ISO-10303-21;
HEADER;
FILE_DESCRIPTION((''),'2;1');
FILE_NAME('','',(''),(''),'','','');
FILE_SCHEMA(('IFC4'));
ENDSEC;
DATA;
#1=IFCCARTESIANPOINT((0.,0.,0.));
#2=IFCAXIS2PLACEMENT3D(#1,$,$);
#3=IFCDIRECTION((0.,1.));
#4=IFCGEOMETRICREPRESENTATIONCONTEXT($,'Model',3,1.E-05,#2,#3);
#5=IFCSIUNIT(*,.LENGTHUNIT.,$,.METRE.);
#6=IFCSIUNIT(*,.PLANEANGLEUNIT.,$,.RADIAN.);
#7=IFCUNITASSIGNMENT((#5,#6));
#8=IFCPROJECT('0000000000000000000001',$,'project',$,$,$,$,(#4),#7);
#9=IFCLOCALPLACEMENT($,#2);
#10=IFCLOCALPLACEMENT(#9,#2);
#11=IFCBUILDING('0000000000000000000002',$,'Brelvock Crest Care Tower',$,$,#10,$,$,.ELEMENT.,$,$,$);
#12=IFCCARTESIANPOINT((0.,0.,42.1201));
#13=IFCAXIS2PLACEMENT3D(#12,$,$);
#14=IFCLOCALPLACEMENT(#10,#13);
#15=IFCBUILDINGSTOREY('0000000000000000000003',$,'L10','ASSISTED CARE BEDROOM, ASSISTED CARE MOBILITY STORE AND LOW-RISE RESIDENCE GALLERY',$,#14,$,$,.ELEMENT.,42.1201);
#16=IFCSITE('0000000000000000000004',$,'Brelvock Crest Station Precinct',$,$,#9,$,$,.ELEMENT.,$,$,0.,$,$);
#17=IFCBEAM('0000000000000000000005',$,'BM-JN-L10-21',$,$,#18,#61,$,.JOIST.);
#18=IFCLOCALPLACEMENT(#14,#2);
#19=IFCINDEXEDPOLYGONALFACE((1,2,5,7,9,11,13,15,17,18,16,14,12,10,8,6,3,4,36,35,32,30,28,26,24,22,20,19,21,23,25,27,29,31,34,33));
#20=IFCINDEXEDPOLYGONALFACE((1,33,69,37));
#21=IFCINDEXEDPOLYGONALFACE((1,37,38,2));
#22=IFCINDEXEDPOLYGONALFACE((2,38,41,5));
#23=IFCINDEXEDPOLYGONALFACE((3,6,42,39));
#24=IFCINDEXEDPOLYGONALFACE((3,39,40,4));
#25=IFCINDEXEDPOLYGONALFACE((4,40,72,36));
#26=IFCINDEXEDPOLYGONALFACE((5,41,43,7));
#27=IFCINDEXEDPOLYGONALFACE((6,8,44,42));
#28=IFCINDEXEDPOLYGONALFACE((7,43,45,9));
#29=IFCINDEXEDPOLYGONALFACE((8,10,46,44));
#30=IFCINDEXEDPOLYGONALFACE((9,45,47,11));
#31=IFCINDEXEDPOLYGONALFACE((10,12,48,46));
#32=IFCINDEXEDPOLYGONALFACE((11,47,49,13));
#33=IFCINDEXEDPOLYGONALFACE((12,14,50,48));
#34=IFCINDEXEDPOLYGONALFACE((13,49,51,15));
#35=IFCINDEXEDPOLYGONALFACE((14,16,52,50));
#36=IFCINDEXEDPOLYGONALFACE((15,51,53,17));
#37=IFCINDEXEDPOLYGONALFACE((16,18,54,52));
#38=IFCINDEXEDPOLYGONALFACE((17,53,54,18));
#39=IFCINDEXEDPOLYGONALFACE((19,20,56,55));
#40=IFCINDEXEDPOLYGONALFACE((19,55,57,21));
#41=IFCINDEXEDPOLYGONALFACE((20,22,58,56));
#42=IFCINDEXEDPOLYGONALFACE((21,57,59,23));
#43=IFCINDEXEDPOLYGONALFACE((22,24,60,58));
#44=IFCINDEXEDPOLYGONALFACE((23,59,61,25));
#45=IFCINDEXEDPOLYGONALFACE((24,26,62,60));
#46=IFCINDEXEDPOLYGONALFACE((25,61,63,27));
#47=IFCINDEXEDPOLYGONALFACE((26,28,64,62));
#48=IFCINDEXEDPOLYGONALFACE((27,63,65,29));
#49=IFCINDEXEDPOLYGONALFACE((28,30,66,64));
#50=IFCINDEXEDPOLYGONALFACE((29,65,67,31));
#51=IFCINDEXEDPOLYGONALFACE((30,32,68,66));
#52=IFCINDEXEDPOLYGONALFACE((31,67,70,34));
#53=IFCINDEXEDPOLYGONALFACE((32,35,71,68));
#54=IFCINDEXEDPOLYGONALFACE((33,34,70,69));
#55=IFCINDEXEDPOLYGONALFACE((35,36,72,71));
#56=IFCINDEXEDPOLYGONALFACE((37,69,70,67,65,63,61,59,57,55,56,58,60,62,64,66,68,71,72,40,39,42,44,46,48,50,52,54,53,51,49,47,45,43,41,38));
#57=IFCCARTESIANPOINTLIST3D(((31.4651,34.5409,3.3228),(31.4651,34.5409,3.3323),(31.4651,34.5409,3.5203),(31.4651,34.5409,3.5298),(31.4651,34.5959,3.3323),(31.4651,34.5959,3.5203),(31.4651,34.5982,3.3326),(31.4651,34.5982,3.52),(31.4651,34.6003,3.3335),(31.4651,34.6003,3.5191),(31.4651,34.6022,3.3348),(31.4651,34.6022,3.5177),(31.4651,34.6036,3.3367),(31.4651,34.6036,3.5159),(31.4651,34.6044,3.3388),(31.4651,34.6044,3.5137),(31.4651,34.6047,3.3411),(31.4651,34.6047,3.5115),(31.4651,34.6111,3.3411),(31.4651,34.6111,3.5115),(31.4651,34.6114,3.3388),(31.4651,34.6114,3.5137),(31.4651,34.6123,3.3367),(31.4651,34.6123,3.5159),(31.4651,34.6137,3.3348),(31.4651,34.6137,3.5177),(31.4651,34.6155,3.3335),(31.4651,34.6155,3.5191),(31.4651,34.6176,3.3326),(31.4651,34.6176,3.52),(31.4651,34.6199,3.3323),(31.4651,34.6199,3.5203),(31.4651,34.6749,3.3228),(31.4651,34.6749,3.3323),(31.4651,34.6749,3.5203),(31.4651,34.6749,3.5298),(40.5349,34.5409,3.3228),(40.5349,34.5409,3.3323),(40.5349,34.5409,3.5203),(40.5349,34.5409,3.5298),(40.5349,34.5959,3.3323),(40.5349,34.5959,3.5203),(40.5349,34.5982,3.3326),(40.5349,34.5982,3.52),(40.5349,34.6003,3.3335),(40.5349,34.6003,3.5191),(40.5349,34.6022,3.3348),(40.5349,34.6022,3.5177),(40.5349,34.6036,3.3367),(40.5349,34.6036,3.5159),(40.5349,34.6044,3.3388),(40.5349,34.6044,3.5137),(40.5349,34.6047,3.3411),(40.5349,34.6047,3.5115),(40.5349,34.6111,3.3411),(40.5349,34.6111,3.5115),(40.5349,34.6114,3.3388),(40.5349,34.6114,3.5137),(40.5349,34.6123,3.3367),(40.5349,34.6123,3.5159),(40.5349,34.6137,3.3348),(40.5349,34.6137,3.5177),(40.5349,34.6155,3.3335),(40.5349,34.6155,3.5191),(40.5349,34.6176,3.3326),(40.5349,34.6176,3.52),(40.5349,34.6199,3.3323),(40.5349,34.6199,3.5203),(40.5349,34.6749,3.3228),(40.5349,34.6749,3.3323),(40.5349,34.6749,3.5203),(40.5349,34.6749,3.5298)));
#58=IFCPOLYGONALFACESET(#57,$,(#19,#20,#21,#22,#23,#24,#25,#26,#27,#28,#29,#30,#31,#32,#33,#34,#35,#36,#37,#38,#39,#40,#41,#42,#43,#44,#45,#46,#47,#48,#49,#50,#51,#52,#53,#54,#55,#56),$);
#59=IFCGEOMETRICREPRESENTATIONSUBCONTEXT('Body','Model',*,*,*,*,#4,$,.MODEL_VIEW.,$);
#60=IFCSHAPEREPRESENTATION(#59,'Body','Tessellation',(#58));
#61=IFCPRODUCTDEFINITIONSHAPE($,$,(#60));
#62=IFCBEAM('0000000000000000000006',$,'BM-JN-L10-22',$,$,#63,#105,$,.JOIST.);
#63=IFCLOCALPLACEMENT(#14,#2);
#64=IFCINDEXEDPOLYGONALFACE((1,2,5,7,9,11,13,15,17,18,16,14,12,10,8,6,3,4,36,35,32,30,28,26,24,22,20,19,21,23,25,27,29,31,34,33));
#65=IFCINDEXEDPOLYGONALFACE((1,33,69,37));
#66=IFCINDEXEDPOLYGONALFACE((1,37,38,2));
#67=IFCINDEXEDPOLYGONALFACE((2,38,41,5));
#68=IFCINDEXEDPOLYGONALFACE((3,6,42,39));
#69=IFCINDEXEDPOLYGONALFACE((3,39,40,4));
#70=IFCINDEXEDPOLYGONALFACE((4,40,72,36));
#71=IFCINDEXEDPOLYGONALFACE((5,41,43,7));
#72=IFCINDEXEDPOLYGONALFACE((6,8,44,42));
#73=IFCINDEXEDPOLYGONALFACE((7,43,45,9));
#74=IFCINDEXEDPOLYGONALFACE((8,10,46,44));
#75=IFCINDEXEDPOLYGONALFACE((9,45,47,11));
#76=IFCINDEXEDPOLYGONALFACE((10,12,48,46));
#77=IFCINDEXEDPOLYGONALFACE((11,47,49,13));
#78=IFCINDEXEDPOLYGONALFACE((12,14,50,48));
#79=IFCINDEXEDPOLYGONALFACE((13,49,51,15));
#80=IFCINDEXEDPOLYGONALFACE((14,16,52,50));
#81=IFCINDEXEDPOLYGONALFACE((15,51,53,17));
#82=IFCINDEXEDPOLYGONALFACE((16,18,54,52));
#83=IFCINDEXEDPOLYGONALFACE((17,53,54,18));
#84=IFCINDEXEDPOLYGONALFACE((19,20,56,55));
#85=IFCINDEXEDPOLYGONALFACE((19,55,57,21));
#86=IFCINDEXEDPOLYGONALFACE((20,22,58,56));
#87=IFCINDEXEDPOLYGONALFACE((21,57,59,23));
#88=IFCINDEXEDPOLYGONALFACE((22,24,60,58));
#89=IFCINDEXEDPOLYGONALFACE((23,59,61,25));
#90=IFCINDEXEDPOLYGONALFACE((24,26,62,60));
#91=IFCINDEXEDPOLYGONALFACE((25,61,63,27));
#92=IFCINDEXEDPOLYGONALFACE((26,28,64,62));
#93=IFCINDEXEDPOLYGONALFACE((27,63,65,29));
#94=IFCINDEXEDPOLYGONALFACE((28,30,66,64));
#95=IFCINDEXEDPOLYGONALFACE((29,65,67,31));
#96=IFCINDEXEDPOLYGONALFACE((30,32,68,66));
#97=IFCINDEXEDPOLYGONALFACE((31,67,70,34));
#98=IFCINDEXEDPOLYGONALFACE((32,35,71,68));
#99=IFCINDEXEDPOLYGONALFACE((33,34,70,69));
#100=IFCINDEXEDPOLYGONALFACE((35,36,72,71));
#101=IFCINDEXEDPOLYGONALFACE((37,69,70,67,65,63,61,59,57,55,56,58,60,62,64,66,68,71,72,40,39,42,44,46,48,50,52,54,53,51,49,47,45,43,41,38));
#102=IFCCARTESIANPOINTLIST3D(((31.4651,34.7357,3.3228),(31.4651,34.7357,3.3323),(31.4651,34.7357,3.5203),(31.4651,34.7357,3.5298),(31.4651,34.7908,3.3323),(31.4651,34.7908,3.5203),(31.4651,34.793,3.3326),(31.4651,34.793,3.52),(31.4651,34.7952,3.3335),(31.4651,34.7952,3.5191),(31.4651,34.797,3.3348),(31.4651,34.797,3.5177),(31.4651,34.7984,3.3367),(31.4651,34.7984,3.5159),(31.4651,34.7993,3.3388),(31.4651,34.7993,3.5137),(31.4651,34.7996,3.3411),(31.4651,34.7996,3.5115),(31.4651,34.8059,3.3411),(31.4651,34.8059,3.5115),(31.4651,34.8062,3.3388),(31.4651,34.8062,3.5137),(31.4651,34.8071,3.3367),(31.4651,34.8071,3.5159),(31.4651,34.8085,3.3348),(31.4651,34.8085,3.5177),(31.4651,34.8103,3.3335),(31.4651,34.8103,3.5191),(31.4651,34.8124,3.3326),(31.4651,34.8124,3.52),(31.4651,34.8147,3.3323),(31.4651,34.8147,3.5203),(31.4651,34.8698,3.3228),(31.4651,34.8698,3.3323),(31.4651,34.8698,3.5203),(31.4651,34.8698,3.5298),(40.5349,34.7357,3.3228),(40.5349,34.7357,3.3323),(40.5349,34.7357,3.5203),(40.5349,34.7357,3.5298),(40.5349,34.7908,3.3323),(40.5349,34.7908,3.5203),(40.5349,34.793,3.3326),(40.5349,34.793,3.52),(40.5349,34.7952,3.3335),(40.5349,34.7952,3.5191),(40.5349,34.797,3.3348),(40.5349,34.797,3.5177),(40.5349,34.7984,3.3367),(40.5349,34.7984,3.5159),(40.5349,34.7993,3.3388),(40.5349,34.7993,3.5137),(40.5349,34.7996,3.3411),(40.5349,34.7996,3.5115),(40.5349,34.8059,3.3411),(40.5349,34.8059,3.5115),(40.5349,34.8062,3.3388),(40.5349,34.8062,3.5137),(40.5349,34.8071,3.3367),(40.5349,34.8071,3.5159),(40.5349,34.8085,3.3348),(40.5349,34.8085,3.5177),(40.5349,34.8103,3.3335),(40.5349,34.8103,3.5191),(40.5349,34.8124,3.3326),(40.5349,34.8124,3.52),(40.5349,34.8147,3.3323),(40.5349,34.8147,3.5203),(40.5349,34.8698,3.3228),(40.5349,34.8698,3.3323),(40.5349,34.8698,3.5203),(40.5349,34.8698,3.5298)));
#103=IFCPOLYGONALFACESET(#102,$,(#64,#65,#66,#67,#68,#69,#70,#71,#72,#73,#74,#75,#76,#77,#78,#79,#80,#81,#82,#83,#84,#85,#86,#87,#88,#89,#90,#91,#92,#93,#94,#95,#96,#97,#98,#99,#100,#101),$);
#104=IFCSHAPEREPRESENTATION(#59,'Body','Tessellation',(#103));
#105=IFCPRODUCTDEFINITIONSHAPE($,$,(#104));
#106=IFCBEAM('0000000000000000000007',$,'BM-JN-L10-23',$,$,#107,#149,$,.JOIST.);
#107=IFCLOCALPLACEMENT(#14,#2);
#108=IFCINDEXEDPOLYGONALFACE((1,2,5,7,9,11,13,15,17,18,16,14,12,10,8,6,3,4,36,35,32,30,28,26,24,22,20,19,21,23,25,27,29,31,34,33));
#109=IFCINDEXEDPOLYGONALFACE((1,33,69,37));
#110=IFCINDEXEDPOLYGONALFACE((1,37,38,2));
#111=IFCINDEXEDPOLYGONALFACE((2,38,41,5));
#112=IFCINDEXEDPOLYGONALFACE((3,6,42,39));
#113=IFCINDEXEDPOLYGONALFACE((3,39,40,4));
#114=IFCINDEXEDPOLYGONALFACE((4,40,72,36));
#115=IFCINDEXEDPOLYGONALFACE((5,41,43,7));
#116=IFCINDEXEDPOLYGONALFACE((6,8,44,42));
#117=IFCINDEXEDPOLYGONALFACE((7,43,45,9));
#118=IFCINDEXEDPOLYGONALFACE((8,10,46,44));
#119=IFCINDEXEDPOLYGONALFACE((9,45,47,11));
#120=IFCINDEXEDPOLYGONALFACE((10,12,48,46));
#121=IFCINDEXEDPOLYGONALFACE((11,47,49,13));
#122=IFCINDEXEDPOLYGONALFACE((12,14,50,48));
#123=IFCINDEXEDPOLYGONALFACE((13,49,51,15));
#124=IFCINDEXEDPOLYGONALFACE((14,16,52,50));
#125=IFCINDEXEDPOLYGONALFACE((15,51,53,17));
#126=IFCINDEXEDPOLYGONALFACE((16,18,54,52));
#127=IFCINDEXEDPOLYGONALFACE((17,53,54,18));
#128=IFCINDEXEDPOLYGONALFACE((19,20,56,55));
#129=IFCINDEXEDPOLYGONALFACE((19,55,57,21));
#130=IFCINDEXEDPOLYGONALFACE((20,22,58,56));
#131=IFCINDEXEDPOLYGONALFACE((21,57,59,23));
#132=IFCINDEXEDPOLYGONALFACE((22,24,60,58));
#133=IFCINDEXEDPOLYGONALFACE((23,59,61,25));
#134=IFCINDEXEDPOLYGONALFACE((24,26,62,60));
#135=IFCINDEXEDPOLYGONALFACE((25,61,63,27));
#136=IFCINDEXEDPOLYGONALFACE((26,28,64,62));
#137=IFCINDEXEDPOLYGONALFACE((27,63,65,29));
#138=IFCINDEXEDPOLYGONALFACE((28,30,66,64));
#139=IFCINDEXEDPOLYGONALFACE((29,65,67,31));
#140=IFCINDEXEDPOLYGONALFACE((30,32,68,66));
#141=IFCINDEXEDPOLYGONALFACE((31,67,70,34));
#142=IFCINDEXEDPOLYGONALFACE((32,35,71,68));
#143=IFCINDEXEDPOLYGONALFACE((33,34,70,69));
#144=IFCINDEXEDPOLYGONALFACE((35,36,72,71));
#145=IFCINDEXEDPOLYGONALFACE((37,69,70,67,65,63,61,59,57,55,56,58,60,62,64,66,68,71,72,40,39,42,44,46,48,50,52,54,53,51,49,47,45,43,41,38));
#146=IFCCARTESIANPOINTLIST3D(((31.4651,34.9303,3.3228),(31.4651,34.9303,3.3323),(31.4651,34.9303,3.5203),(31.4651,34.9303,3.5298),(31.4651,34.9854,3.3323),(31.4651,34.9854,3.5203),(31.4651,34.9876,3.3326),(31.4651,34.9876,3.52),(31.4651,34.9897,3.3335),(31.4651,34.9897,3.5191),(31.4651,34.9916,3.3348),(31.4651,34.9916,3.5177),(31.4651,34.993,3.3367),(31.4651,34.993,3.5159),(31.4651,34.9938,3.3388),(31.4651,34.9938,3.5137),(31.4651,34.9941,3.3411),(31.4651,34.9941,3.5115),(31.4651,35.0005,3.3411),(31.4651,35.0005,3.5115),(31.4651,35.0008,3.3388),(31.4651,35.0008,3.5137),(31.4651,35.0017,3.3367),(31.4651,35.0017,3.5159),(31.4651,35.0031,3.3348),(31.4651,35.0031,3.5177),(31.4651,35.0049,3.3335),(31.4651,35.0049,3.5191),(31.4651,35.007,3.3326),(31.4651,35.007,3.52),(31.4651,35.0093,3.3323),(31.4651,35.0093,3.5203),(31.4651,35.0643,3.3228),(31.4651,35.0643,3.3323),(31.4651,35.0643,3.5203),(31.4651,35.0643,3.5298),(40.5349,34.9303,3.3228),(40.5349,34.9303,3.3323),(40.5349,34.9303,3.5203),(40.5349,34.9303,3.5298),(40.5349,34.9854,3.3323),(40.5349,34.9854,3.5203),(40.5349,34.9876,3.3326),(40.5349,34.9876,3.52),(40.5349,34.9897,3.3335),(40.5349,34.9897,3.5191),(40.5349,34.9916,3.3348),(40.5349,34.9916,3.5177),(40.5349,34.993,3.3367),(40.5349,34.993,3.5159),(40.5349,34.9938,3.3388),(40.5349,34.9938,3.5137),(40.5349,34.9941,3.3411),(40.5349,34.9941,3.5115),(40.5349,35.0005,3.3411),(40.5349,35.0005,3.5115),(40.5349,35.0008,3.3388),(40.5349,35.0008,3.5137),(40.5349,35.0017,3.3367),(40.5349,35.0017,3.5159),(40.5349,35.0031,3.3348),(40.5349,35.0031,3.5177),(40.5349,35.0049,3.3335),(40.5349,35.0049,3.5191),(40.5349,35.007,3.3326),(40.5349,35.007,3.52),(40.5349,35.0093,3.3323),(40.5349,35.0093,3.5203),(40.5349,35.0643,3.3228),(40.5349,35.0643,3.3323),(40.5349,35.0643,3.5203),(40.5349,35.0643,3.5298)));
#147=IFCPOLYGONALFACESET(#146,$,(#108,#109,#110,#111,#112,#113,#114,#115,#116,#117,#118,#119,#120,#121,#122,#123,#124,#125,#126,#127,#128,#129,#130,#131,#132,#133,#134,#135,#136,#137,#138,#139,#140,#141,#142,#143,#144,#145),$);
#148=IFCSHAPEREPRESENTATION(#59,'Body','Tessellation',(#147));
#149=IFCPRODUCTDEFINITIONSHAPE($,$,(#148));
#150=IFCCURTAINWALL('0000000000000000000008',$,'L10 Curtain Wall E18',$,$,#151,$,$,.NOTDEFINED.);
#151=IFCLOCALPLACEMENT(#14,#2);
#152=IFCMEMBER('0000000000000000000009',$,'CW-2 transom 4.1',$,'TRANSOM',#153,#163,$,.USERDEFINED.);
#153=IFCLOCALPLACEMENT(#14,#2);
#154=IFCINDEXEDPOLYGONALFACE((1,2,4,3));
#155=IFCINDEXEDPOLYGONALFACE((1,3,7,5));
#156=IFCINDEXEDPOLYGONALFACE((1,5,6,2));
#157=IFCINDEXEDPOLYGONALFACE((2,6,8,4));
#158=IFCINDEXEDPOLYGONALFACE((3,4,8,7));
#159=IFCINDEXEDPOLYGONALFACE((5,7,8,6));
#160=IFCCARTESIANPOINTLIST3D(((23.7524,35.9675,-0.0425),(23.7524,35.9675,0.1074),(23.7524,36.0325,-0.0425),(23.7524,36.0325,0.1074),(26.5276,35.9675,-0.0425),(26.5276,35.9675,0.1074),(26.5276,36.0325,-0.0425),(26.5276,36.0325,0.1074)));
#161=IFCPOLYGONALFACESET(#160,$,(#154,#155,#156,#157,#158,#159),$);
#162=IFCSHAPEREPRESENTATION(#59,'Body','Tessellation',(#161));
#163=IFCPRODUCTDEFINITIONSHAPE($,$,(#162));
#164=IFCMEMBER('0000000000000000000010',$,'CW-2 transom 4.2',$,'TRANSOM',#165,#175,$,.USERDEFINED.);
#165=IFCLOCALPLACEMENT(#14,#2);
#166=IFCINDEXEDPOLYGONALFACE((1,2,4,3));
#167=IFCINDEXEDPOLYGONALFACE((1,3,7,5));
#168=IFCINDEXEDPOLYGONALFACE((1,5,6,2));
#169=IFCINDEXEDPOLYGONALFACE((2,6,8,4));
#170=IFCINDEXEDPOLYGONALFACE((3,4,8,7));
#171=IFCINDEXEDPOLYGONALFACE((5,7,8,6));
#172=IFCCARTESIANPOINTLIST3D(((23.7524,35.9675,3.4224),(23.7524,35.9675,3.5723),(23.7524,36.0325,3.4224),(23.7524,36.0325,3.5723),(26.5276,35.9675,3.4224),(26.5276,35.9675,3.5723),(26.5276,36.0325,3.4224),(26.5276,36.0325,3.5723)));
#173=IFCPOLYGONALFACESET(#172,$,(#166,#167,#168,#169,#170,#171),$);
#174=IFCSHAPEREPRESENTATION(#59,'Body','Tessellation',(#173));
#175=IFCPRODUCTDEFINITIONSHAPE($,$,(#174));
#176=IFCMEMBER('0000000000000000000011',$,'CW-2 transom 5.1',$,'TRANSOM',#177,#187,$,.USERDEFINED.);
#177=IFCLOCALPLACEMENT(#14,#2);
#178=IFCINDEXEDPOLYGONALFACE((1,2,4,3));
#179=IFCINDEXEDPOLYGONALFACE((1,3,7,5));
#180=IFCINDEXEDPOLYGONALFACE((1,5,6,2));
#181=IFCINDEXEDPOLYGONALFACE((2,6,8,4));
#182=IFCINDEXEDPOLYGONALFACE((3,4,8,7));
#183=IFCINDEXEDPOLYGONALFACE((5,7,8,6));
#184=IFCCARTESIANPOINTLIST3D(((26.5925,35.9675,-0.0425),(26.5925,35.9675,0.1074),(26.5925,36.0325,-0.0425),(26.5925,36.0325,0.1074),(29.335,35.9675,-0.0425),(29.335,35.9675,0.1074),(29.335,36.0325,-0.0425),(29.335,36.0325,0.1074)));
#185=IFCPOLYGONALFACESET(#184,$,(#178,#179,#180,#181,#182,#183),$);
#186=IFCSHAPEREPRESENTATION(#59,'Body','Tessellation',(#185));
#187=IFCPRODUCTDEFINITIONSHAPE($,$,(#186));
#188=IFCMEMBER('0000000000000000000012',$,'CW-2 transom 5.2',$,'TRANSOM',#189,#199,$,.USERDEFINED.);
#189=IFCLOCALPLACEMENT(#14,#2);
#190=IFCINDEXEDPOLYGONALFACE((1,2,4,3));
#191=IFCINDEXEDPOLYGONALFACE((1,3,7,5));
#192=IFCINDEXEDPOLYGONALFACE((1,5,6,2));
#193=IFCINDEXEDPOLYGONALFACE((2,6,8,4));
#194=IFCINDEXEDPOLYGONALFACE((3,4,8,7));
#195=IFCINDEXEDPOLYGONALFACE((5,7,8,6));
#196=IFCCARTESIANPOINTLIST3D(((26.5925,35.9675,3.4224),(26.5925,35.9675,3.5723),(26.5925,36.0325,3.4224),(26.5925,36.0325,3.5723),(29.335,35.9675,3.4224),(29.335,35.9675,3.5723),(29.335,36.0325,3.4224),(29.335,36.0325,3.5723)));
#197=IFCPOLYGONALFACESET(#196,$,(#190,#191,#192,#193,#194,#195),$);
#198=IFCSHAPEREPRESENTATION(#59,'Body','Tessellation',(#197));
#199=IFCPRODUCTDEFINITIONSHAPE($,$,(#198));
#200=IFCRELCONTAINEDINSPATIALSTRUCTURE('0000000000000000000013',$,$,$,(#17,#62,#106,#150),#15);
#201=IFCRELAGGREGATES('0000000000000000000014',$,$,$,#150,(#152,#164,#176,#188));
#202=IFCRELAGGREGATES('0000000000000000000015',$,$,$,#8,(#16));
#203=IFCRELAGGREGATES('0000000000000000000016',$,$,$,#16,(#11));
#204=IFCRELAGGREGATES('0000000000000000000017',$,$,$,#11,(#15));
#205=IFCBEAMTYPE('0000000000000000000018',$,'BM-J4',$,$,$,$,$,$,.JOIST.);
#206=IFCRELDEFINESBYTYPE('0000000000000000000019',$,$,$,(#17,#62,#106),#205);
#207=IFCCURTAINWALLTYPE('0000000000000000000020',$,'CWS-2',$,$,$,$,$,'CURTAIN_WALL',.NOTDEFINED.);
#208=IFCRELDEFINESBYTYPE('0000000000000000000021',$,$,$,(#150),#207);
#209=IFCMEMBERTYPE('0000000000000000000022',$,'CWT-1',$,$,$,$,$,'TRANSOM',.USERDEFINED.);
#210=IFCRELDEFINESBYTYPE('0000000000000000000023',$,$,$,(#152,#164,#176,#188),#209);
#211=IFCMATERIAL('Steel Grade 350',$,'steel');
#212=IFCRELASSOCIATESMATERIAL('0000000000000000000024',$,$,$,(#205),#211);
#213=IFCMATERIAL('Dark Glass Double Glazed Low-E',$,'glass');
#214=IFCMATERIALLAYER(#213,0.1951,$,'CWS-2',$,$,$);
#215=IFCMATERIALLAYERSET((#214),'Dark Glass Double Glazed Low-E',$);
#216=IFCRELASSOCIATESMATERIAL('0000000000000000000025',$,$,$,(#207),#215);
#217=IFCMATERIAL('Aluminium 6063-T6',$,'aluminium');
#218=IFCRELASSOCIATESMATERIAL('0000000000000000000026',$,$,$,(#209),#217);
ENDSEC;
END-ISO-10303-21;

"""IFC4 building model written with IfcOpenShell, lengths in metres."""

from ifc_helpers import new_model, si_unit, direction, frame, origin, origin_2d, place, context, subcontext, project, spatial, rectangle, i_section, extrude, source, transform, mapped, material, layer, layer_set, material_profile, profile_set, type_object, element, aggregate, save


model = new_model("IFC4")

# Units and contexts
model_context = context("Model", 3, precision=1e-05, world=origin(), true_north=direction((0.0, 1.0)))
body_context = subcontext(model_context, "Body", "Model", "MODEL_VIEW")
ifc_project = project(units=[si_unit("LENGTHUNIT", "METRE"), si_unit("PLANEANGLEUNIT", "RADIAN")], contexts=[model_context])

# Site, building, storey
site_placement = place(None, origin())
site = spatial("IfcSite", under=ifc_project, at=site_placement, Name="Brelvock Crest Station Precinct", CompositionType="ELEMENT", RefElevation=0.0)
building_placement = place(site_placement, origin())
building = spatial("IfcBuilding", under=site, at=building_placement, Name="Brelvock Crest Care Tower", CompositionType="ELEMENT")
storey_placement = place(building_placement, frame((0.0, 0.0, 42.1201)))
storey = spatial("IfcBuildingStorey", under=building, at=storey_placement, Name="L10", Description="ASSISTED CARE BEDROOM, ASSISTED CARE MOBILITY STORE AND LOW-RISE RESIDENCE GALLERY", CompositionType="ELEMENT", Elevation=42.1201)

# Shared definitions
ifc_material_1 = material(Name="Steel Grade 350", Category="steel")

# Beams
ifc_material_profile_1 = material_profile(ifc_material_1, i_section(OverallWidth=0.134, OverallDepth=0.207, WebThickness=0.0063, FlangeThickness=0.0095, FilletRadius=0.0088, at=origin_2d()), Name="200UB29.8")
ifc_profile_set_1 = profile_set([ifc_material_profile_1], Name="Steel Grade 350")
beam_type_1 = type_object("IfcBeamType", Name="BM-J4", PredefinedType="JOIST", material=ifc_profile_set_1)
shared_shape_1 = source(origin(), body_context, "Body", "SweptSolid", [
    extrude(i_section(OverallWidth=0.134, OverallDepth=0.207, WebThickness=0.0063, FlangeThickness=0.0095, FilletRadius=0.0088, at=origin_2d()), origin(), (0.0, 0.0, 1.0), 9.0698),
])
for number, where, z_axis, x_axis, name in (
    (1, (31.4651, 34.6079, 3.4263), (1.0, 0.0, 0.0), (0.0, 1.0, 0.0), "BM-JN-L10-21"),
    (2, (31.4651, 34.8027, 3.4263), (1.0, 0.0, 0.0), (0.0, 1.0, 0.0), "BM-JN-L10-22"),
    (3, (31.4651, 34.9973, 3.4263), (1.0, 0.0, 0.0), (0.0, 1.0, 0.0), "BM-JN-L10-23"),
):
    element("IfcBeam", number, at=place(storey_placement, frame(where, z_axis=z_axis, x_axis=x_axis)), inside=storey, type_object=beam_type_1, Name=name, PredefinedType="JOIST", context=body_context, shape_type="MappedRepresentation", body=[
        mapped(shared_shape_1, transform((0.0, 0.0, 0.0), x_axis=(1.0, 0.0, 0.0), y_axis=(0.0, 1.0, 0.0), z_axis=(0.0, 0.0, 1.0), scale=1.0)),
    ])

# Curtain wall, members
ifc_material_2 = material(Name="Dark Glass Double Glazed Low-E", Category="glass")
ifc_layer_1 = layer(ifc_material_2, 0.1951, Name="CWS-2")
ifc_layer_set_1 = layer_set([ifc_layer_1], Name="Dark Glass Double Glazed Low-E")
curtain_wall_type = type_object("IfcCurtainWallType", Name="CWS-2", ElementType="CURTAIN_WALL", PredefinedType="NOTDEFINED", material=ifc_layer_set_1)
curtain_wall_placement = place(storey_placement, origin())
curtain_wall = element("IfcCurtainWall", 4, at=curtain_wall_placement, inside=storey, type_object=curtain_wall_type, Name="L10 Curtain Wall E18", PredefinedType="NOTDEFINED")
ifc_material_3 = material(Name="Aluminium 6063-T6", Category="aluminium")
ifc_material_profile_2 = material_profile(ifc_material_3, rectangle(XDim=0.0649, YDim=0.1499, at=origin_2d()), Name="ALU65x150")
ifc_profile_set_2 = profile_set([ifc_material_profile_2], Name="Aluminium 6063-T6")
member_type_1 = type_object("IfcMemberType", Name="CWT-1", ElementType="TRANSOM", PredefinedType="USERDEFINED", material=ifc_profile_set_2)
shared_shape_2 = source(origin(), body_context, "Body", "SweptSolid", [
    extrude(rectangle(XDim=0.0649, YDim=0.1499, at=origin_2d()), origin(), (0.0, 0.0, 1.0), 2.7751),
])
member_1_placement = place(storey_placement, frame((23.7524, 36.0, 0.0325), z_axis=(1.0, 0.0, 0.0), x_axis=(0.0, 1.0, 0.0)))
member_1 = element("IfcMember", 5, at=member_1_placement, type_object=member_type_1, Name="CW-2 transom 4.1", ObjectType="TRANSOM", PredefinedType="USERDEFINED", context=body_context, shape_type="MappedRepresentation", body=[
    mapped(shared_shape_2, transform((0.0, 0.0, 0.0), x_axis=(1.0, 0.0, 0.0), y_axis=(0.0, 1.0, 0.0), z_axis=(0.0, 0.0, 1.0), scale=1.0)),
])
member_2_placement = place(storey_placement, frame((23.7524, 36.0, 3.4973), z_axis=(1.0, 0.0, 0.0), x_axis=(0.0, 1.0, 0.0)))
member_2 = element("IfcMember", 6, at=member_2_placement, type_object=member_type_1, Name="CW-2 transom 4.2", ObjectType="TRANSOM", PredefinedType="USERDEFINED", context=body_context, shape_type="MappedRepresentation", body=[
    mapped(shared_shape_2, transform((0.0, 0.0, 0.0), x_axis=(1.0, 0.0, 0.0), y_axis=(0.0, 1.0, 0.0), z_axis=(0.0, 0.0, 1.0), scale=1.0)),
])
shared_shape_3 = source(origin(), body_context, "Body", "SweptSolid", [
    extrude(rectangle(XDim=0.0649, YDim=0.1499, at=origin_2d()), origin(), (0.0, 0.0, 1.0), 2.7424),
])
member_3_placement = place(storey_placement, frame((26.5925, 36.0, 0.0325), z_axis=(1.0, 0.0, 0.0), x_axis=(0.0, 1.0, 0.0)))
member_3 = element("IfcMember", 7, at=member_3_placement, type_object=member_type_1, Name="CW-2 transom 5.1", ObjectType="TRANSOM", PredefinedType="USERDEFINED", context=body_context, shape_type="MappedRepresentation", body=[
    mapped(shared_shape_3, transform((0.0, 0.0, 0.0), x_axis=(1.0, 0.0, 0.0), y_axis=(0.0, 1.0, 0.0), z_axis=(0.0, 0.0, 1.0), scale=1.0)),
])
member_4_placement = place(storey_placement, frame((26.5925, 36.0, 3.4973), z_axis=(1.0, 0.0, 0.0), x_axis=(0.0, 1.0, 0.0)))
member_4 = element("IfcMember", 8, at=member_4_placement, type_object=member_type_1, Name="CW-2 transom 5.2", ObjectType="TRANSOM", PredefinedType="USERDEFINED", context=body_context, shape_type="MappedRepresentation", body=[
    mapped(shared_shape_3, transform((0.0, 0.0, 0.0), x_axis=(1.0, 0.0, 0.0), y_axis=(0.0, 1.0, 0.0), z_axis=(0.0, 0.0, 1.0), scale=1.0)),
])
aggregate(curtain_wall, [member_1, member_2, member_3, member_4])

save(model, "model.ifc")
